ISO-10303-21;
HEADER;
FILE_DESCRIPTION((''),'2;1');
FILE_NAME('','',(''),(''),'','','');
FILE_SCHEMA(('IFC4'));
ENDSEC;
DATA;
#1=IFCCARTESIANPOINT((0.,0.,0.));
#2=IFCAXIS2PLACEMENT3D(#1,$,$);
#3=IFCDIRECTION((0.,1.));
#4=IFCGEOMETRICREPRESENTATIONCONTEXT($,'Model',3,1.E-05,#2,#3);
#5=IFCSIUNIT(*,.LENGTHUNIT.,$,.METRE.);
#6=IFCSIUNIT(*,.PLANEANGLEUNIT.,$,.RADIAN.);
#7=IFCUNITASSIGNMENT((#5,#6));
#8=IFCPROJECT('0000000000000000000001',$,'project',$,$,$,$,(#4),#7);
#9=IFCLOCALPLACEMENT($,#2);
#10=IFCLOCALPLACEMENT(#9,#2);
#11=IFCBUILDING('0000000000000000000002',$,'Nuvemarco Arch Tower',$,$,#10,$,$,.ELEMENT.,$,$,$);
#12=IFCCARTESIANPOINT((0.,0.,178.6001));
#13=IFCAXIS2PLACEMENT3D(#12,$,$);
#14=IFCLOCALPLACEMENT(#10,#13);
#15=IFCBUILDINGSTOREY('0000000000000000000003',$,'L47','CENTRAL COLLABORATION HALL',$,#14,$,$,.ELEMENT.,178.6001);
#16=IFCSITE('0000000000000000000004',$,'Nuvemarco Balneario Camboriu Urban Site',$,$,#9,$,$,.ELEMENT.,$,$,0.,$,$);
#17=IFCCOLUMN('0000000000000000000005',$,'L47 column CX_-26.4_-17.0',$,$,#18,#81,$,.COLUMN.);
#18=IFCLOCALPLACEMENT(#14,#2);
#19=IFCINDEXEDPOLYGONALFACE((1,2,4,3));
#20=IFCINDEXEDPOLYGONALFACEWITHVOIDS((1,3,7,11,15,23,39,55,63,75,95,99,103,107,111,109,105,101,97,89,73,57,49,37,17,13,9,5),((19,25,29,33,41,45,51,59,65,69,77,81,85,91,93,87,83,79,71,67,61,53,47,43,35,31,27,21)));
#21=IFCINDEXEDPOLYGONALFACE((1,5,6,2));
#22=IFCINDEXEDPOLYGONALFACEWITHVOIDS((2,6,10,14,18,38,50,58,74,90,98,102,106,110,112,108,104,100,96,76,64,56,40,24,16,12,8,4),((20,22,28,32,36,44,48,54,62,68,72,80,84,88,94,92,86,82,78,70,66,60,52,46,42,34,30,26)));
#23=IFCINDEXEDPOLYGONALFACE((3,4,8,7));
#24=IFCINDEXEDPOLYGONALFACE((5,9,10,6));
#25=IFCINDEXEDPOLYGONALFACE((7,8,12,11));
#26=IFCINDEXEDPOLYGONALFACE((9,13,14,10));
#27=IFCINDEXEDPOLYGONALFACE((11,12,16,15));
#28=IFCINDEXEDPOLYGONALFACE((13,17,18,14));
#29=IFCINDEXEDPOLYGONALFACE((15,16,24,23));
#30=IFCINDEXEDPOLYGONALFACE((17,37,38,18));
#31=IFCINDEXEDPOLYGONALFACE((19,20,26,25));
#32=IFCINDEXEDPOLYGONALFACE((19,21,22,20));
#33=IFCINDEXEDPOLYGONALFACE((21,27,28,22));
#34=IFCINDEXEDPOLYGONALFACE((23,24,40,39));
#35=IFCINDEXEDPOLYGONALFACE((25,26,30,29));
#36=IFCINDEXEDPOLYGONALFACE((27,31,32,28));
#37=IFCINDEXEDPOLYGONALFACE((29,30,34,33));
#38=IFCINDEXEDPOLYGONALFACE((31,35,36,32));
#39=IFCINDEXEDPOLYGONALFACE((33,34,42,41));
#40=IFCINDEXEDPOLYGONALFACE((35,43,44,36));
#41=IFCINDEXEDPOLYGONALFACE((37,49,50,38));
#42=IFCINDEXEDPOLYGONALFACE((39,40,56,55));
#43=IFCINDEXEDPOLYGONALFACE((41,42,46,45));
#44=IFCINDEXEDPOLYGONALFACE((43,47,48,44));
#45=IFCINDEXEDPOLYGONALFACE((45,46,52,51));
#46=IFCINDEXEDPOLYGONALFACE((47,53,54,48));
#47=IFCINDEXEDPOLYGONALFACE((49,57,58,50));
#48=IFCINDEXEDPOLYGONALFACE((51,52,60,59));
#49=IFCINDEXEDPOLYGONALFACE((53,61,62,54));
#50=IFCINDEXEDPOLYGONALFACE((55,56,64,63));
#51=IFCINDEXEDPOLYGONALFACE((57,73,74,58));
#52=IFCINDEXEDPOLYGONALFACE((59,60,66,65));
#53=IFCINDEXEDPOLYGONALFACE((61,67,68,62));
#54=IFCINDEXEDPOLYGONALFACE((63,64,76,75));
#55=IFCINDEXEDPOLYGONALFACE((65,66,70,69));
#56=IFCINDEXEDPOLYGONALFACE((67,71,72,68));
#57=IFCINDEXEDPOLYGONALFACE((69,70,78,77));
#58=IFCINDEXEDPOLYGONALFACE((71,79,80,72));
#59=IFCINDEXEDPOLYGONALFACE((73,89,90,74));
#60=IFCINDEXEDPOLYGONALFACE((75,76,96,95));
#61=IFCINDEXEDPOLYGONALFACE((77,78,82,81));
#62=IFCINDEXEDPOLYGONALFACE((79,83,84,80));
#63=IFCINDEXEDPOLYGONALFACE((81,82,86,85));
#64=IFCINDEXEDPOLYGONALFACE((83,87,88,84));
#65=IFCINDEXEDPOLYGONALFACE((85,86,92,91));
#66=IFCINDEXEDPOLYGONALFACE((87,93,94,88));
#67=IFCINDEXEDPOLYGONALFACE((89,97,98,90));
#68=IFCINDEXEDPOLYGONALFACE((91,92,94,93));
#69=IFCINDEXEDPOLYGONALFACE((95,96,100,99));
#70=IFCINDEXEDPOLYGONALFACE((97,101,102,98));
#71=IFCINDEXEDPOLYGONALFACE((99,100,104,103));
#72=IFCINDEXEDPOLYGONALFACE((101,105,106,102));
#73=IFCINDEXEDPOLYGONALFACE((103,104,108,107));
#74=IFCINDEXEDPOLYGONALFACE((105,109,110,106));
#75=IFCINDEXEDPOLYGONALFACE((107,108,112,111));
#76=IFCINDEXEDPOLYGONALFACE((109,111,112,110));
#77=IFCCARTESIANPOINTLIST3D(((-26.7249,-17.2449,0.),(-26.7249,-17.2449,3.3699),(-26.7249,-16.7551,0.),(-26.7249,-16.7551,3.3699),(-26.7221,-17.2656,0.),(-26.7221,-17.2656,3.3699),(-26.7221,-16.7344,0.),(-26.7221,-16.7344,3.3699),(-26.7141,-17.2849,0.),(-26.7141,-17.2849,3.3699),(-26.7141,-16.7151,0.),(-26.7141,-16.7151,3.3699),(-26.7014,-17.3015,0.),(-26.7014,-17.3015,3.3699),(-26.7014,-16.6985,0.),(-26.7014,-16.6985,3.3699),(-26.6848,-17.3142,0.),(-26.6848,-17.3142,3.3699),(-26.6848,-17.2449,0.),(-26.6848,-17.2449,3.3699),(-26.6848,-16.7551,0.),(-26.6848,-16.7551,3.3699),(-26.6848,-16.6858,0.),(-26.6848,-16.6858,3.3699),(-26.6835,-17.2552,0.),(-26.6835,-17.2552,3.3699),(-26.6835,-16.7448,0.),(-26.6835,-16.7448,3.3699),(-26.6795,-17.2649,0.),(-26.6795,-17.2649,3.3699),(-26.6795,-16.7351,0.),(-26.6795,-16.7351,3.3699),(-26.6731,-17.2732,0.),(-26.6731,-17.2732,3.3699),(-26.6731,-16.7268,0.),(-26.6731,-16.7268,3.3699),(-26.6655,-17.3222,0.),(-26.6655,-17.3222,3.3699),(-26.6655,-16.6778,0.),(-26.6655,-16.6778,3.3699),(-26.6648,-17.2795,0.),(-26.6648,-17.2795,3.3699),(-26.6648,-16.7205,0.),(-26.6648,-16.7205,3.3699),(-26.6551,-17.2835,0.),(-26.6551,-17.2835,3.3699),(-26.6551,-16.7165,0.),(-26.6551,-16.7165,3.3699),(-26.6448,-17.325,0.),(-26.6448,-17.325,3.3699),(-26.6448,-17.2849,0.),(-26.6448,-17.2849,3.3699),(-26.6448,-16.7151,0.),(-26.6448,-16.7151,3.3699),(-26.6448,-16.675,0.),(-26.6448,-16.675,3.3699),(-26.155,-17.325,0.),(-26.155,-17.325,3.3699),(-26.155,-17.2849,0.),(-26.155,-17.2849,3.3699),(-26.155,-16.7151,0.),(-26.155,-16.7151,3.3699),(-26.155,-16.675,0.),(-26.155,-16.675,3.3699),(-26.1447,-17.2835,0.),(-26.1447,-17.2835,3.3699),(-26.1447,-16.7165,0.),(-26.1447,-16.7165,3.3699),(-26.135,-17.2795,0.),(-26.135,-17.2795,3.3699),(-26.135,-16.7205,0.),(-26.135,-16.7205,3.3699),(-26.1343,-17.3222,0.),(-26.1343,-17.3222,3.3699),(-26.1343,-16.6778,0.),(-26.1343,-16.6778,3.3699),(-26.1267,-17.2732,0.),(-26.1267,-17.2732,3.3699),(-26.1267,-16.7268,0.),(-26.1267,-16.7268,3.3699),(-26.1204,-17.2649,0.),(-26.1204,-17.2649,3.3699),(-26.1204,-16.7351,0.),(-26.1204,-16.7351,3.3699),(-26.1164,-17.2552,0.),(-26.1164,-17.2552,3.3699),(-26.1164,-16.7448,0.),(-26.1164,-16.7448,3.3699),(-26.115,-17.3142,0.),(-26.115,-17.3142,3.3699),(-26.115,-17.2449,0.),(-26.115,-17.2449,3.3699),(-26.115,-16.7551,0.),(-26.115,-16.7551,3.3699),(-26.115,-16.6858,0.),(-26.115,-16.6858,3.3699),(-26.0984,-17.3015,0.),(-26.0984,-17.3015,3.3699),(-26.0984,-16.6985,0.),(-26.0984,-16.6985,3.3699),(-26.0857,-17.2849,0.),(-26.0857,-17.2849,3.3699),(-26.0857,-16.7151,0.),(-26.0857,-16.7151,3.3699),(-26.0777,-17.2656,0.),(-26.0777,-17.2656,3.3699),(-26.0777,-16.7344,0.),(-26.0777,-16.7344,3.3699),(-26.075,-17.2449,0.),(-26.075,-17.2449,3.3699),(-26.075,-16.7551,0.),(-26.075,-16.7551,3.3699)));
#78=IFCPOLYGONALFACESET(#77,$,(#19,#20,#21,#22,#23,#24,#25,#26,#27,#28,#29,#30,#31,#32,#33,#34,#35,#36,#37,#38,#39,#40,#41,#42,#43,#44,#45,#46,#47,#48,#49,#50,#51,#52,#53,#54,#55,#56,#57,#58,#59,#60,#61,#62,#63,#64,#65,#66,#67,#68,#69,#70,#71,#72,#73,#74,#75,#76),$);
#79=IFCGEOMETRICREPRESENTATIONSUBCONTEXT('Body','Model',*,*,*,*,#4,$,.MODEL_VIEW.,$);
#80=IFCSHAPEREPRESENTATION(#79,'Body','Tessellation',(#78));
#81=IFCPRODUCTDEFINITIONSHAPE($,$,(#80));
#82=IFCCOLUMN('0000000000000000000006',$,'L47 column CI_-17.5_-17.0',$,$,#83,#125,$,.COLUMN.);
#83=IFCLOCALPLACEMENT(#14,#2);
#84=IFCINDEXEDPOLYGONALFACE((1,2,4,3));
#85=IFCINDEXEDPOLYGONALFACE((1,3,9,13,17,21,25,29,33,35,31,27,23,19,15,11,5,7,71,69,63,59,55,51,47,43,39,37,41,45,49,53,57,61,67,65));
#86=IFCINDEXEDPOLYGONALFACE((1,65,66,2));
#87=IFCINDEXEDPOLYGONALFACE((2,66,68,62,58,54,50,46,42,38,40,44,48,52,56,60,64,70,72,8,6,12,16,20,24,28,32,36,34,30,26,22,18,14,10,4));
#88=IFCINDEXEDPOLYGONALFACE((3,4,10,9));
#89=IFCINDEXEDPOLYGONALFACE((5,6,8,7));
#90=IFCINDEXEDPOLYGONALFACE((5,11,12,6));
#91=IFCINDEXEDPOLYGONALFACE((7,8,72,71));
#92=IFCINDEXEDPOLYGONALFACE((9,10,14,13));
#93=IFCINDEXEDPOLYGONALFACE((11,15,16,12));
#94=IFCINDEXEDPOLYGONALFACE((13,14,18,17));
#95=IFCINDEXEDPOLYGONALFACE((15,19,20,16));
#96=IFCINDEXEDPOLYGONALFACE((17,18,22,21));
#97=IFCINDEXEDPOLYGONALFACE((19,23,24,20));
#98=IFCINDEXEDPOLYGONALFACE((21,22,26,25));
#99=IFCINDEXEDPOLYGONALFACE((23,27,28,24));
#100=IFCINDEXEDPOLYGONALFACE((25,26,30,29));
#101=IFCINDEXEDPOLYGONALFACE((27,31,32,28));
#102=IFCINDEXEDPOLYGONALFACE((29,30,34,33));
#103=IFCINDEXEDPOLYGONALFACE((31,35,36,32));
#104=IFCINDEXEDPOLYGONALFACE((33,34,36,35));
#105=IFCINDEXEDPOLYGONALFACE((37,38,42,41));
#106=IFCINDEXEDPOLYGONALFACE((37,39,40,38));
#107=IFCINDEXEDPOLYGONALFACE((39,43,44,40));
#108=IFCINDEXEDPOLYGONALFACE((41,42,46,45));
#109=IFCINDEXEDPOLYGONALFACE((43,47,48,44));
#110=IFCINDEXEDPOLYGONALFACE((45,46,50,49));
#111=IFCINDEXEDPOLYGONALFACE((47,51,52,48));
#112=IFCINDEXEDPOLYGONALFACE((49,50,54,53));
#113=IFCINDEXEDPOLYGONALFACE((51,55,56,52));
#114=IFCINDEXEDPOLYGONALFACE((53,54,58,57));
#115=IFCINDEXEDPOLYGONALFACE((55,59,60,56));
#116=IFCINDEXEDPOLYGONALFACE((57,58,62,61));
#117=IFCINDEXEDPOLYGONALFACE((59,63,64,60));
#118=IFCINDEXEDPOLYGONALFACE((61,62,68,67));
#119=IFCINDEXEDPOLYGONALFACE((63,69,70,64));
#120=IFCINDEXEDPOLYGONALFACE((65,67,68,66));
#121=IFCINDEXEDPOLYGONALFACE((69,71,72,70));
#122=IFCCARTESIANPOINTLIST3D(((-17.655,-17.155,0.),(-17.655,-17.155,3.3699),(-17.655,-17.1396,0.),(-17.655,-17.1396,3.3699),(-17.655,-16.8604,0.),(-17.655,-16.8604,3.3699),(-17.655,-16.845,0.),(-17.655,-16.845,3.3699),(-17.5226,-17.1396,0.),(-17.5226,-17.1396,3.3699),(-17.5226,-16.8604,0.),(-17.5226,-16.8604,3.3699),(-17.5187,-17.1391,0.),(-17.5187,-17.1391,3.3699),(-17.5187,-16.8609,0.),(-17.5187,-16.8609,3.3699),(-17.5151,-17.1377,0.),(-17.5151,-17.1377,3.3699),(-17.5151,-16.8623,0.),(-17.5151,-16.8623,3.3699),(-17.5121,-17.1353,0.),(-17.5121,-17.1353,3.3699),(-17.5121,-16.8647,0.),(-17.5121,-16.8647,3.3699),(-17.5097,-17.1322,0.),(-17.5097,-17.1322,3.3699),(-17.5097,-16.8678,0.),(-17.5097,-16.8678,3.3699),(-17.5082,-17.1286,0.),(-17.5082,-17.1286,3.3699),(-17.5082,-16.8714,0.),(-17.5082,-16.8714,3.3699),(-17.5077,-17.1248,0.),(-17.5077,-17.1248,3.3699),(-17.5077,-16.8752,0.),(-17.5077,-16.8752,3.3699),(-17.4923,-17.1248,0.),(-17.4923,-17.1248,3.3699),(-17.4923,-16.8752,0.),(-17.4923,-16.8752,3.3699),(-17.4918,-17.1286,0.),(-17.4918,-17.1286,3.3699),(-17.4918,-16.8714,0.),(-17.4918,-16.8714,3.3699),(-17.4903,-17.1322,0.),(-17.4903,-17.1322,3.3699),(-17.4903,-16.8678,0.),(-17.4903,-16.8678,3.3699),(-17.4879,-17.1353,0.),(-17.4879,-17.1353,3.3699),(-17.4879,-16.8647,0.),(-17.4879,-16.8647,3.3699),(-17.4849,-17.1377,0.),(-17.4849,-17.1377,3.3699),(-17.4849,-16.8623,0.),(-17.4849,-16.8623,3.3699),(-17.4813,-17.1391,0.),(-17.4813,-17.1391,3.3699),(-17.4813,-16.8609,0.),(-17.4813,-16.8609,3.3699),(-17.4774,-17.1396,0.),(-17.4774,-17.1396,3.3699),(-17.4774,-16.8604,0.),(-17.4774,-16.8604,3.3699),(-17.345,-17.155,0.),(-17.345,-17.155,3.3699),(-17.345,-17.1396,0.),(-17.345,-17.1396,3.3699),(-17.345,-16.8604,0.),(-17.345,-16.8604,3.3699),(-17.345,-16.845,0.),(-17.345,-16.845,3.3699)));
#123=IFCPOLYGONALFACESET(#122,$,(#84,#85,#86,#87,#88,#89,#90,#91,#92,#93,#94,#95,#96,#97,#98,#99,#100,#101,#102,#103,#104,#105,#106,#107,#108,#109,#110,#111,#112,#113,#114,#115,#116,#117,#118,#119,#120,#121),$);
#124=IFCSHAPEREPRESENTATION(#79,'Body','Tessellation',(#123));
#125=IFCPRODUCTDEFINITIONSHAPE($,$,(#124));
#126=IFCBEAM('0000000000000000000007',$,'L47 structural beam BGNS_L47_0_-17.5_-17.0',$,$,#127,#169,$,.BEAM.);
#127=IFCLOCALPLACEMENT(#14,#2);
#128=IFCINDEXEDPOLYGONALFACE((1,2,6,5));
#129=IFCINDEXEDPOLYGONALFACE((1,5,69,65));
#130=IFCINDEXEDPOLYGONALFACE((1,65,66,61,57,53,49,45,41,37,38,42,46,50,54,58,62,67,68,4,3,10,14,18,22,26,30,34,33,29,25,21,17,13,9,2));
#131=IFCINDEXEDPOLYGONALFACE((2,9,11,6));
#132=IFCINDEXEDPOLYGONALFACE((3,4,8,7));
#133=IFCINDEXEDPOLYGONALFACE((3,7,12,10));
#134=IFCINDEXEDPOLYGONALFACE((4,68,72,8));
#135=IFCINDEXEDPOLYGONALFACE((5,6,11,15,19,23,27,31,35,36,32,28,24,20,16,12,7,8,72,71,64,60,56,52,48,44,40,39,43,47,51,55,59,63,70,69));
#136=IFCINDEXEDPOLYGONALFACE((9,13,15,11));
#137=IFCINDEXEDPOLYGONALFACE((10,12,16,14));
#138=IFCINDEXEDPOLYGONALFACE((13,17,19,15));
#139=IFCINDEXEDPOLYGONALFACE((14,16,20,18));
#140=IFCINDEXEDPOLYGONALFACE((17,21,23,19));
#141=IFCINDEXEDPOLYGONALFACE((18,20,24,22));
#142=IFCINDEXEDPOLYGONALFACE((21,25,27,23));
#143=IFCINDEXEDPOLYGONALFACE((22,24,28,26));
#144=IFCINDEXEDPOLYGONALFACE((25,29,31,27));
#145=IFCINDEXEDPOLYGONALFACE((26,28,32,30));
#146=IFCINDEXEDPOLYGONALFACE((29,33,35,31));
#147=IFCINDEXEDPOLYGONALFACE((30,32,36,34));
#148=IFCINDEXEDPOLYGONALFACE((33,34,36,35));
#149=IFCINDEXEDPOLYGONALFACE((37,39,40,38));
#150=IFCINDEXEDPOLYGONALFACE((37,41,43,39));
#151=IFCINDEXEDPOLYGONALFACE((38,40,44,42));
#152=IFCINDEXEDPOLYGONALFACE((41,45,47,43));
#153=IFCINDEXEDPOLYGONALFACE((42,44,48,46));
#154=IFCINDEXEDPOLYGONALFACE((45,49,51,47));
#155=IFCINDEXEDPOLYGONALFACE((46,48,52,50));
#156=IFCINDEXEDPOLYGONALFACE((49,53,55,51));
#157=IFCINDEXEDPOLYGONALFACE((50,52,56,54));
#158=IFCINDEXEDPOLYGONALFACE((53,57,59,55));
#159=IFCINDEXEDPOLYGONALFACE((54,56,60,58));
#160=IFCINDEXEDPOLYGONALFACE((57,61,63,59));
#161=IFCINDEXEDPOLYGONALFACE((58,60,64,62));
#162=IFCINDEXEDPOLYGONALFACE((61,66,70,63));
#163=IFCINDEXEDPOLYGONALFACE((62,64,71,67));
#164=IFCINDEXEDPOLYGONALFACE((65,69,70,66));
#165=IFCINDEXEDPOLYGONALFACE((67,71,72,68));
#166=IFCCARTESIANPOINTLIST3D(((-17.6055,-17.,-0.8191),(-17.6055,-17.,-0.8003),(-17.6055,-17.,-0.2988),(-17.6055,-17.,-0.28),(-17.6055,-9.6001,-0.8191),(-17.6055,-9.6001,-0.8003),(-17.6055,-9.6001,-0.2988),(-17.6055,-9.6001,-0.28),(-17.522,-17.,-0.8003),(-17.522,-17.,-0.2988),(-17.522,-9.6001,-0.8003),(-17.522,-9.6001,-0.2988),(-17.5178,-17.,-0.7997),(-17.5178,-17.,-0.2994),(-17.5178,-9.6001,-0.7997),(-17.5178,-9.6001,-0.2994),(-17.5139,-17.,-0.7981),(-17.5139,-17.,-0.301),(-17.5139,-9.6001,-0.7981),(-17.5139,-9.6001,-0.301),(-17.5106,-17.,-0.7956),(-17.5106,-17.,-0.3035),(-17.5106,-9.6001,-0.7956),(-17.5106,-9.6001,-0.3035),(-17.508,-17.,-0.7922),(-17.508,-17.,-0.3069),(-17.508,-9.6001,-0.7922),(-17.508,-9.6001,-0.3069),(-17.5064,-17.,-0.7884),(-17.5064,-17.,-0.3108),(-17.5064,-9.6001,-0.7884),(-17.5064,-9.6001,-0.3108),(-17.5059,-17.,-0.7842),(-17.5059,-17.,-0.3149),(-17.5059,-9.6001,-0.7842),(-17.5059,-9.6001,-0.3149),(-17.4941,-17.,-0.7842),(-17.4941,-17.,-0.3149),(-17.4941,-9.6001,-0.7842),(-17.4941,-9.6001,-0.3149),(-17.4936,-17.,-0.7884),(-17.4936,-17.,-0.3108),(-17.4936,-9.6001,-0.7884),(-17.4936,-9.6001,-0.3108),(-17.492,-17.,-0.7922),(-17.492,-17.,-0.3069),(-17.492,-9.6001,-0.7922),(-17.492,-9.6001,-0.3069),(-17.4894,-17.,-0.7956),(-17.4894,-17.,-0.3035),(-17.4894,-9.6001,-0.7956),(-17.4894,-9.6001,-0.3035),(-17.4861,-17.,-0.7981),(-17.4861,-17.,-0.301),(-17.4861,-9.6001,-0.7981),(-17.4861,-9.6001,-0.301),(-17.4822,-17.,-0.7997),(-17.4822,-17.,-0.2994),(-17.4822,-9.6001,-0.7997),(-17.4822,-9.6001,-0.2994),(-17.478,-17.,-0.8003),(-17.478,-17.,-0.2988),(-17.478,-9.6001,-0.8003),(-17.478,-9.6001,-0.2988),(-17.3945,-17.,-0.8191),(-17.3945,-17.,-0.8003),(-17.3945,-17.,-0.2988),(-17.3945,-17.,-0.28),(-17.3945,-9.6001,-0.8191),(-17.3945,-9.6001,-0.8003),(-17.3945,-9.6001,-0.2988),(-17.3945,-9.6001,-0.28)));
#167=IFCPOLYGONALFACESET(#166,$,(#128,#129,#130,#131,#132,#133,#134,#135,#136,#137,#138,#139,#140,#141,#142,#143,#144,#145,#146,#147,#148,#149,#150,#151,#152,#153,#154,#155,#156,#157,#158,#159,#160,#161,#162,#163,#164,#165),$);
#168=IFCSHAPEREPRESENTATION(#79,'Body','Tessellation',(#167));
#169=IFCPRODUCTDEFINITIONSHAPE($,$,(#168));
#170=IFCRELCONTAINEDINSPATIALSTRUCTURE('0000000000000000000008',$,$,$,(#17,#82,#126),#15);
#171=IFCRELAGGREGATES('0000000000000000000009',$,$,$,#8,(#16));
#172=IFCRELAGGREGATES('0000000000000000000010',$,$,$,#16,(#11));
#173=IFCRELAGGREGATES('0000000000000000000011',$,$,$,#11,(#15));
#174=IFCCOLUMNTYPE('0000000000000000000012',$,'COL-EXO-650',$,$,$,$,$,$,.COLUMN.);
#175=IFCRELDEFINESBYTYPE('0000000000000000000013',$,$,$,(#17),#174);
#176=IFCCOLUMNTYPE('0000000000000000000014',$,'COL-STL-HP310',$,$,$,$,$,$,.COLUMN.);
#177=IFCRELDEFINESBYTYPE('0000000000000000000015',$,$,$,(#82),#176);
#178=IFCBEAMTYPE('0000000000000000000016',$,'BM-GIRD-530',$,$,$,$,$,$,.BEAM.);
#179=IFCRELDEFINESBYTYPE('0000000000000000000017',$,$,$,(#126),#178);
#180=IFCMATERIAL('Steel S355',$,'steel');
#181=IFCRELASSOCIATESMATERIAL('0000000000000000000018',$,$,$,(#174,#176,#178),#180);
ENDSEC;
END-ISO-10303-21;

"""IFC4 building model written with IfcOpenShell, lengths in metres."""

from ifc_helpers import new_model, si_unit, direction, frame, origin, origin_2d, place, context, subcontext, project, spatial, hollow_rectangle, i_section, extrude, material, material_profile, profile_set, type_object, element, save


model = new_model("IFC4")

# Units and contexts
model_context = context("Model", 3, precision=1e-05, world=origin(), true_north=direction((0.0, 1.0)))
body_context = subcontext(model_context, "Body", "Model", "MODEL_VIEW")
ifc_project = project(units=[si_unit("LENGTHUNIT", "METRE"), si_unit("PLANEANGLEUNIT", "RADIAN")], contexts=[model_context])

# Site, building, storey
site_placement = place(None, origin())
site = spatial("IfcSite", under=ifc_project, at=site_placement, Name="Nuvemarco Balneario Camboriu Urban Site", CompositionType="ELEMENT", RefElevation=0.0)
building_placement = place(site_placement, origin())
building = spatial("IfcBuilding", under=site, at=building_placement, Name="Nuvemarco Arch Tower", CompositionType="ELEMENT")
storey_placement = place(building_placement, frame((0.0, 0.0, 178.6001)))
storey = spatial("IfcBuildingStorey", under=building, at=storey_placement, Name="L47", Description="CENTRAL COLLABORATION HALL", CompositionType="ELEMENT", Elevation=178.6001)

# Columns
ifc_material_1 = material(Name="Steel S355", Category="steel")
ifc_material_profile_1 = material_profile(ifc_material_1, hollow_rectangle(XDim=0.6499, YDim=0.6499, WallThickness=0.04, InnerFilletRadius=0.04, OuterFilletRadius=0.0801, at=origin_2d()), Name="SHS650x650x40")
ifc_profile_set_1 = profile_set([ifc_material_profile_1], Name="Steel S355")
column_type_1 = type_object("IfcColumnType", Name="COL-EXO-650", PredefinedType="COLUMN", material=ifc_profile_set_1)
column_1_placement = place(storey_placement, frame((-26.3999, -17.0, 0.0), z_axis=(0.0, 0.0, 1.0), x_axis=(1.0, 0.0, 0.0)))
element("IfcColumn", 1, at=column_1_placement, inside=storey, type_object=column_type_1, Name="L47 column CX_-26.4_-17.0", PredefinedType="COLUMN", context=body_context, shape_type="SweptSolid", body=[
    extrude(hollow_rectangle(XDim=0.6499, YDim=0.6499, WallThickness=0.04, InnerFilletRadius=0.04, OuterFilletRadius=0.0801, at=origin_2d()), origin(), (0.0, 0.0, 1.0), 3.3699),
])
ifc_material_profile_2 = material_profile(ifc_material_1, i_section(OverallWidth=0.3101, OverallDepth=0.3101, WebThickness=0.0154, FlangeThickness=0.0154, FilletRadius=0.0149, at=origin_2d()), Name="HP310x110")
ifc_profile_set_2 = profile_set([ifc_material_profile_2], Name="Steel S355")
column_type_2 = type_object("IfcColumnType", Name="COL-STL-HP310", PredefinedType="COLUMN", material=ifc_profile_set_2)
column_2_placement = place(storey_placement, frame((-17.5, -17.0, 0.0), z_axis=(0.0, 0.0, 1.0), x_axis=(1.0, 0.0, 0.0)))
element("IfcColumn", 2, at=column_2_placement, inside=storey, type_object=column_type_2, Name="L47 column CI_-17.5_-17.0", PredefinedType="COLUMN", context=body_context, shape_type="SweptSolid", body=[
    extrude(i_section(OverallWidth=0.3101, OverallDepth=0.3101, WebThickness=0.0154, FlangeThickness=0.0154, FilletRadius=0.0149, at=origin_2d()), origin(), (0.0, 0.0, 1.0), 3.3699),
])

# Beam
ifc_material_profile_3 = material_profile(ifc_material_1, i_section(OverallWidth=0.2109, OverallDepth=0.5391, WebThickness=0.0117, FlangeThickness=0.0188, FilletRadius=0.0161, at=origin_2d()), Name="W530x109")
ifc_profile_set_3 = profile_set([ifc_material_profile_3], Name="Steel S355")
beam_type_1 = type_object("IfcBeamType", Name="BM-GIRD-530", PredefinedType="BEAM", material=ifc_profile_set_3)
beam_1_placement = place(storey_placement, frame((-17.5, -17.0, -0.5496), z_axis=(0.0, 1.0, 0.0), x_axis=(-1.0, 0.0, 0.0)))
element("IfcBeam", 3, at=beam_1_placement, inside=storey, type_object=beam_type_1, Name="L47 structural beam BGNS_L47_0_-17.5_-17.0", PredefinedType="BEAM", context=body_context, shape_type="SweptSolid", body=[
    extrude(i_section(OverallWidth=0.2109, OverallDepth=0.5391, WebThickness=0.0117, FlangeThickness=0.0188, FilletRadius=0.0161, at=origin_2d()), origin(), (0.0, 0.0, 1.0), 7.3999),
])

save(model, "model.ifc")
